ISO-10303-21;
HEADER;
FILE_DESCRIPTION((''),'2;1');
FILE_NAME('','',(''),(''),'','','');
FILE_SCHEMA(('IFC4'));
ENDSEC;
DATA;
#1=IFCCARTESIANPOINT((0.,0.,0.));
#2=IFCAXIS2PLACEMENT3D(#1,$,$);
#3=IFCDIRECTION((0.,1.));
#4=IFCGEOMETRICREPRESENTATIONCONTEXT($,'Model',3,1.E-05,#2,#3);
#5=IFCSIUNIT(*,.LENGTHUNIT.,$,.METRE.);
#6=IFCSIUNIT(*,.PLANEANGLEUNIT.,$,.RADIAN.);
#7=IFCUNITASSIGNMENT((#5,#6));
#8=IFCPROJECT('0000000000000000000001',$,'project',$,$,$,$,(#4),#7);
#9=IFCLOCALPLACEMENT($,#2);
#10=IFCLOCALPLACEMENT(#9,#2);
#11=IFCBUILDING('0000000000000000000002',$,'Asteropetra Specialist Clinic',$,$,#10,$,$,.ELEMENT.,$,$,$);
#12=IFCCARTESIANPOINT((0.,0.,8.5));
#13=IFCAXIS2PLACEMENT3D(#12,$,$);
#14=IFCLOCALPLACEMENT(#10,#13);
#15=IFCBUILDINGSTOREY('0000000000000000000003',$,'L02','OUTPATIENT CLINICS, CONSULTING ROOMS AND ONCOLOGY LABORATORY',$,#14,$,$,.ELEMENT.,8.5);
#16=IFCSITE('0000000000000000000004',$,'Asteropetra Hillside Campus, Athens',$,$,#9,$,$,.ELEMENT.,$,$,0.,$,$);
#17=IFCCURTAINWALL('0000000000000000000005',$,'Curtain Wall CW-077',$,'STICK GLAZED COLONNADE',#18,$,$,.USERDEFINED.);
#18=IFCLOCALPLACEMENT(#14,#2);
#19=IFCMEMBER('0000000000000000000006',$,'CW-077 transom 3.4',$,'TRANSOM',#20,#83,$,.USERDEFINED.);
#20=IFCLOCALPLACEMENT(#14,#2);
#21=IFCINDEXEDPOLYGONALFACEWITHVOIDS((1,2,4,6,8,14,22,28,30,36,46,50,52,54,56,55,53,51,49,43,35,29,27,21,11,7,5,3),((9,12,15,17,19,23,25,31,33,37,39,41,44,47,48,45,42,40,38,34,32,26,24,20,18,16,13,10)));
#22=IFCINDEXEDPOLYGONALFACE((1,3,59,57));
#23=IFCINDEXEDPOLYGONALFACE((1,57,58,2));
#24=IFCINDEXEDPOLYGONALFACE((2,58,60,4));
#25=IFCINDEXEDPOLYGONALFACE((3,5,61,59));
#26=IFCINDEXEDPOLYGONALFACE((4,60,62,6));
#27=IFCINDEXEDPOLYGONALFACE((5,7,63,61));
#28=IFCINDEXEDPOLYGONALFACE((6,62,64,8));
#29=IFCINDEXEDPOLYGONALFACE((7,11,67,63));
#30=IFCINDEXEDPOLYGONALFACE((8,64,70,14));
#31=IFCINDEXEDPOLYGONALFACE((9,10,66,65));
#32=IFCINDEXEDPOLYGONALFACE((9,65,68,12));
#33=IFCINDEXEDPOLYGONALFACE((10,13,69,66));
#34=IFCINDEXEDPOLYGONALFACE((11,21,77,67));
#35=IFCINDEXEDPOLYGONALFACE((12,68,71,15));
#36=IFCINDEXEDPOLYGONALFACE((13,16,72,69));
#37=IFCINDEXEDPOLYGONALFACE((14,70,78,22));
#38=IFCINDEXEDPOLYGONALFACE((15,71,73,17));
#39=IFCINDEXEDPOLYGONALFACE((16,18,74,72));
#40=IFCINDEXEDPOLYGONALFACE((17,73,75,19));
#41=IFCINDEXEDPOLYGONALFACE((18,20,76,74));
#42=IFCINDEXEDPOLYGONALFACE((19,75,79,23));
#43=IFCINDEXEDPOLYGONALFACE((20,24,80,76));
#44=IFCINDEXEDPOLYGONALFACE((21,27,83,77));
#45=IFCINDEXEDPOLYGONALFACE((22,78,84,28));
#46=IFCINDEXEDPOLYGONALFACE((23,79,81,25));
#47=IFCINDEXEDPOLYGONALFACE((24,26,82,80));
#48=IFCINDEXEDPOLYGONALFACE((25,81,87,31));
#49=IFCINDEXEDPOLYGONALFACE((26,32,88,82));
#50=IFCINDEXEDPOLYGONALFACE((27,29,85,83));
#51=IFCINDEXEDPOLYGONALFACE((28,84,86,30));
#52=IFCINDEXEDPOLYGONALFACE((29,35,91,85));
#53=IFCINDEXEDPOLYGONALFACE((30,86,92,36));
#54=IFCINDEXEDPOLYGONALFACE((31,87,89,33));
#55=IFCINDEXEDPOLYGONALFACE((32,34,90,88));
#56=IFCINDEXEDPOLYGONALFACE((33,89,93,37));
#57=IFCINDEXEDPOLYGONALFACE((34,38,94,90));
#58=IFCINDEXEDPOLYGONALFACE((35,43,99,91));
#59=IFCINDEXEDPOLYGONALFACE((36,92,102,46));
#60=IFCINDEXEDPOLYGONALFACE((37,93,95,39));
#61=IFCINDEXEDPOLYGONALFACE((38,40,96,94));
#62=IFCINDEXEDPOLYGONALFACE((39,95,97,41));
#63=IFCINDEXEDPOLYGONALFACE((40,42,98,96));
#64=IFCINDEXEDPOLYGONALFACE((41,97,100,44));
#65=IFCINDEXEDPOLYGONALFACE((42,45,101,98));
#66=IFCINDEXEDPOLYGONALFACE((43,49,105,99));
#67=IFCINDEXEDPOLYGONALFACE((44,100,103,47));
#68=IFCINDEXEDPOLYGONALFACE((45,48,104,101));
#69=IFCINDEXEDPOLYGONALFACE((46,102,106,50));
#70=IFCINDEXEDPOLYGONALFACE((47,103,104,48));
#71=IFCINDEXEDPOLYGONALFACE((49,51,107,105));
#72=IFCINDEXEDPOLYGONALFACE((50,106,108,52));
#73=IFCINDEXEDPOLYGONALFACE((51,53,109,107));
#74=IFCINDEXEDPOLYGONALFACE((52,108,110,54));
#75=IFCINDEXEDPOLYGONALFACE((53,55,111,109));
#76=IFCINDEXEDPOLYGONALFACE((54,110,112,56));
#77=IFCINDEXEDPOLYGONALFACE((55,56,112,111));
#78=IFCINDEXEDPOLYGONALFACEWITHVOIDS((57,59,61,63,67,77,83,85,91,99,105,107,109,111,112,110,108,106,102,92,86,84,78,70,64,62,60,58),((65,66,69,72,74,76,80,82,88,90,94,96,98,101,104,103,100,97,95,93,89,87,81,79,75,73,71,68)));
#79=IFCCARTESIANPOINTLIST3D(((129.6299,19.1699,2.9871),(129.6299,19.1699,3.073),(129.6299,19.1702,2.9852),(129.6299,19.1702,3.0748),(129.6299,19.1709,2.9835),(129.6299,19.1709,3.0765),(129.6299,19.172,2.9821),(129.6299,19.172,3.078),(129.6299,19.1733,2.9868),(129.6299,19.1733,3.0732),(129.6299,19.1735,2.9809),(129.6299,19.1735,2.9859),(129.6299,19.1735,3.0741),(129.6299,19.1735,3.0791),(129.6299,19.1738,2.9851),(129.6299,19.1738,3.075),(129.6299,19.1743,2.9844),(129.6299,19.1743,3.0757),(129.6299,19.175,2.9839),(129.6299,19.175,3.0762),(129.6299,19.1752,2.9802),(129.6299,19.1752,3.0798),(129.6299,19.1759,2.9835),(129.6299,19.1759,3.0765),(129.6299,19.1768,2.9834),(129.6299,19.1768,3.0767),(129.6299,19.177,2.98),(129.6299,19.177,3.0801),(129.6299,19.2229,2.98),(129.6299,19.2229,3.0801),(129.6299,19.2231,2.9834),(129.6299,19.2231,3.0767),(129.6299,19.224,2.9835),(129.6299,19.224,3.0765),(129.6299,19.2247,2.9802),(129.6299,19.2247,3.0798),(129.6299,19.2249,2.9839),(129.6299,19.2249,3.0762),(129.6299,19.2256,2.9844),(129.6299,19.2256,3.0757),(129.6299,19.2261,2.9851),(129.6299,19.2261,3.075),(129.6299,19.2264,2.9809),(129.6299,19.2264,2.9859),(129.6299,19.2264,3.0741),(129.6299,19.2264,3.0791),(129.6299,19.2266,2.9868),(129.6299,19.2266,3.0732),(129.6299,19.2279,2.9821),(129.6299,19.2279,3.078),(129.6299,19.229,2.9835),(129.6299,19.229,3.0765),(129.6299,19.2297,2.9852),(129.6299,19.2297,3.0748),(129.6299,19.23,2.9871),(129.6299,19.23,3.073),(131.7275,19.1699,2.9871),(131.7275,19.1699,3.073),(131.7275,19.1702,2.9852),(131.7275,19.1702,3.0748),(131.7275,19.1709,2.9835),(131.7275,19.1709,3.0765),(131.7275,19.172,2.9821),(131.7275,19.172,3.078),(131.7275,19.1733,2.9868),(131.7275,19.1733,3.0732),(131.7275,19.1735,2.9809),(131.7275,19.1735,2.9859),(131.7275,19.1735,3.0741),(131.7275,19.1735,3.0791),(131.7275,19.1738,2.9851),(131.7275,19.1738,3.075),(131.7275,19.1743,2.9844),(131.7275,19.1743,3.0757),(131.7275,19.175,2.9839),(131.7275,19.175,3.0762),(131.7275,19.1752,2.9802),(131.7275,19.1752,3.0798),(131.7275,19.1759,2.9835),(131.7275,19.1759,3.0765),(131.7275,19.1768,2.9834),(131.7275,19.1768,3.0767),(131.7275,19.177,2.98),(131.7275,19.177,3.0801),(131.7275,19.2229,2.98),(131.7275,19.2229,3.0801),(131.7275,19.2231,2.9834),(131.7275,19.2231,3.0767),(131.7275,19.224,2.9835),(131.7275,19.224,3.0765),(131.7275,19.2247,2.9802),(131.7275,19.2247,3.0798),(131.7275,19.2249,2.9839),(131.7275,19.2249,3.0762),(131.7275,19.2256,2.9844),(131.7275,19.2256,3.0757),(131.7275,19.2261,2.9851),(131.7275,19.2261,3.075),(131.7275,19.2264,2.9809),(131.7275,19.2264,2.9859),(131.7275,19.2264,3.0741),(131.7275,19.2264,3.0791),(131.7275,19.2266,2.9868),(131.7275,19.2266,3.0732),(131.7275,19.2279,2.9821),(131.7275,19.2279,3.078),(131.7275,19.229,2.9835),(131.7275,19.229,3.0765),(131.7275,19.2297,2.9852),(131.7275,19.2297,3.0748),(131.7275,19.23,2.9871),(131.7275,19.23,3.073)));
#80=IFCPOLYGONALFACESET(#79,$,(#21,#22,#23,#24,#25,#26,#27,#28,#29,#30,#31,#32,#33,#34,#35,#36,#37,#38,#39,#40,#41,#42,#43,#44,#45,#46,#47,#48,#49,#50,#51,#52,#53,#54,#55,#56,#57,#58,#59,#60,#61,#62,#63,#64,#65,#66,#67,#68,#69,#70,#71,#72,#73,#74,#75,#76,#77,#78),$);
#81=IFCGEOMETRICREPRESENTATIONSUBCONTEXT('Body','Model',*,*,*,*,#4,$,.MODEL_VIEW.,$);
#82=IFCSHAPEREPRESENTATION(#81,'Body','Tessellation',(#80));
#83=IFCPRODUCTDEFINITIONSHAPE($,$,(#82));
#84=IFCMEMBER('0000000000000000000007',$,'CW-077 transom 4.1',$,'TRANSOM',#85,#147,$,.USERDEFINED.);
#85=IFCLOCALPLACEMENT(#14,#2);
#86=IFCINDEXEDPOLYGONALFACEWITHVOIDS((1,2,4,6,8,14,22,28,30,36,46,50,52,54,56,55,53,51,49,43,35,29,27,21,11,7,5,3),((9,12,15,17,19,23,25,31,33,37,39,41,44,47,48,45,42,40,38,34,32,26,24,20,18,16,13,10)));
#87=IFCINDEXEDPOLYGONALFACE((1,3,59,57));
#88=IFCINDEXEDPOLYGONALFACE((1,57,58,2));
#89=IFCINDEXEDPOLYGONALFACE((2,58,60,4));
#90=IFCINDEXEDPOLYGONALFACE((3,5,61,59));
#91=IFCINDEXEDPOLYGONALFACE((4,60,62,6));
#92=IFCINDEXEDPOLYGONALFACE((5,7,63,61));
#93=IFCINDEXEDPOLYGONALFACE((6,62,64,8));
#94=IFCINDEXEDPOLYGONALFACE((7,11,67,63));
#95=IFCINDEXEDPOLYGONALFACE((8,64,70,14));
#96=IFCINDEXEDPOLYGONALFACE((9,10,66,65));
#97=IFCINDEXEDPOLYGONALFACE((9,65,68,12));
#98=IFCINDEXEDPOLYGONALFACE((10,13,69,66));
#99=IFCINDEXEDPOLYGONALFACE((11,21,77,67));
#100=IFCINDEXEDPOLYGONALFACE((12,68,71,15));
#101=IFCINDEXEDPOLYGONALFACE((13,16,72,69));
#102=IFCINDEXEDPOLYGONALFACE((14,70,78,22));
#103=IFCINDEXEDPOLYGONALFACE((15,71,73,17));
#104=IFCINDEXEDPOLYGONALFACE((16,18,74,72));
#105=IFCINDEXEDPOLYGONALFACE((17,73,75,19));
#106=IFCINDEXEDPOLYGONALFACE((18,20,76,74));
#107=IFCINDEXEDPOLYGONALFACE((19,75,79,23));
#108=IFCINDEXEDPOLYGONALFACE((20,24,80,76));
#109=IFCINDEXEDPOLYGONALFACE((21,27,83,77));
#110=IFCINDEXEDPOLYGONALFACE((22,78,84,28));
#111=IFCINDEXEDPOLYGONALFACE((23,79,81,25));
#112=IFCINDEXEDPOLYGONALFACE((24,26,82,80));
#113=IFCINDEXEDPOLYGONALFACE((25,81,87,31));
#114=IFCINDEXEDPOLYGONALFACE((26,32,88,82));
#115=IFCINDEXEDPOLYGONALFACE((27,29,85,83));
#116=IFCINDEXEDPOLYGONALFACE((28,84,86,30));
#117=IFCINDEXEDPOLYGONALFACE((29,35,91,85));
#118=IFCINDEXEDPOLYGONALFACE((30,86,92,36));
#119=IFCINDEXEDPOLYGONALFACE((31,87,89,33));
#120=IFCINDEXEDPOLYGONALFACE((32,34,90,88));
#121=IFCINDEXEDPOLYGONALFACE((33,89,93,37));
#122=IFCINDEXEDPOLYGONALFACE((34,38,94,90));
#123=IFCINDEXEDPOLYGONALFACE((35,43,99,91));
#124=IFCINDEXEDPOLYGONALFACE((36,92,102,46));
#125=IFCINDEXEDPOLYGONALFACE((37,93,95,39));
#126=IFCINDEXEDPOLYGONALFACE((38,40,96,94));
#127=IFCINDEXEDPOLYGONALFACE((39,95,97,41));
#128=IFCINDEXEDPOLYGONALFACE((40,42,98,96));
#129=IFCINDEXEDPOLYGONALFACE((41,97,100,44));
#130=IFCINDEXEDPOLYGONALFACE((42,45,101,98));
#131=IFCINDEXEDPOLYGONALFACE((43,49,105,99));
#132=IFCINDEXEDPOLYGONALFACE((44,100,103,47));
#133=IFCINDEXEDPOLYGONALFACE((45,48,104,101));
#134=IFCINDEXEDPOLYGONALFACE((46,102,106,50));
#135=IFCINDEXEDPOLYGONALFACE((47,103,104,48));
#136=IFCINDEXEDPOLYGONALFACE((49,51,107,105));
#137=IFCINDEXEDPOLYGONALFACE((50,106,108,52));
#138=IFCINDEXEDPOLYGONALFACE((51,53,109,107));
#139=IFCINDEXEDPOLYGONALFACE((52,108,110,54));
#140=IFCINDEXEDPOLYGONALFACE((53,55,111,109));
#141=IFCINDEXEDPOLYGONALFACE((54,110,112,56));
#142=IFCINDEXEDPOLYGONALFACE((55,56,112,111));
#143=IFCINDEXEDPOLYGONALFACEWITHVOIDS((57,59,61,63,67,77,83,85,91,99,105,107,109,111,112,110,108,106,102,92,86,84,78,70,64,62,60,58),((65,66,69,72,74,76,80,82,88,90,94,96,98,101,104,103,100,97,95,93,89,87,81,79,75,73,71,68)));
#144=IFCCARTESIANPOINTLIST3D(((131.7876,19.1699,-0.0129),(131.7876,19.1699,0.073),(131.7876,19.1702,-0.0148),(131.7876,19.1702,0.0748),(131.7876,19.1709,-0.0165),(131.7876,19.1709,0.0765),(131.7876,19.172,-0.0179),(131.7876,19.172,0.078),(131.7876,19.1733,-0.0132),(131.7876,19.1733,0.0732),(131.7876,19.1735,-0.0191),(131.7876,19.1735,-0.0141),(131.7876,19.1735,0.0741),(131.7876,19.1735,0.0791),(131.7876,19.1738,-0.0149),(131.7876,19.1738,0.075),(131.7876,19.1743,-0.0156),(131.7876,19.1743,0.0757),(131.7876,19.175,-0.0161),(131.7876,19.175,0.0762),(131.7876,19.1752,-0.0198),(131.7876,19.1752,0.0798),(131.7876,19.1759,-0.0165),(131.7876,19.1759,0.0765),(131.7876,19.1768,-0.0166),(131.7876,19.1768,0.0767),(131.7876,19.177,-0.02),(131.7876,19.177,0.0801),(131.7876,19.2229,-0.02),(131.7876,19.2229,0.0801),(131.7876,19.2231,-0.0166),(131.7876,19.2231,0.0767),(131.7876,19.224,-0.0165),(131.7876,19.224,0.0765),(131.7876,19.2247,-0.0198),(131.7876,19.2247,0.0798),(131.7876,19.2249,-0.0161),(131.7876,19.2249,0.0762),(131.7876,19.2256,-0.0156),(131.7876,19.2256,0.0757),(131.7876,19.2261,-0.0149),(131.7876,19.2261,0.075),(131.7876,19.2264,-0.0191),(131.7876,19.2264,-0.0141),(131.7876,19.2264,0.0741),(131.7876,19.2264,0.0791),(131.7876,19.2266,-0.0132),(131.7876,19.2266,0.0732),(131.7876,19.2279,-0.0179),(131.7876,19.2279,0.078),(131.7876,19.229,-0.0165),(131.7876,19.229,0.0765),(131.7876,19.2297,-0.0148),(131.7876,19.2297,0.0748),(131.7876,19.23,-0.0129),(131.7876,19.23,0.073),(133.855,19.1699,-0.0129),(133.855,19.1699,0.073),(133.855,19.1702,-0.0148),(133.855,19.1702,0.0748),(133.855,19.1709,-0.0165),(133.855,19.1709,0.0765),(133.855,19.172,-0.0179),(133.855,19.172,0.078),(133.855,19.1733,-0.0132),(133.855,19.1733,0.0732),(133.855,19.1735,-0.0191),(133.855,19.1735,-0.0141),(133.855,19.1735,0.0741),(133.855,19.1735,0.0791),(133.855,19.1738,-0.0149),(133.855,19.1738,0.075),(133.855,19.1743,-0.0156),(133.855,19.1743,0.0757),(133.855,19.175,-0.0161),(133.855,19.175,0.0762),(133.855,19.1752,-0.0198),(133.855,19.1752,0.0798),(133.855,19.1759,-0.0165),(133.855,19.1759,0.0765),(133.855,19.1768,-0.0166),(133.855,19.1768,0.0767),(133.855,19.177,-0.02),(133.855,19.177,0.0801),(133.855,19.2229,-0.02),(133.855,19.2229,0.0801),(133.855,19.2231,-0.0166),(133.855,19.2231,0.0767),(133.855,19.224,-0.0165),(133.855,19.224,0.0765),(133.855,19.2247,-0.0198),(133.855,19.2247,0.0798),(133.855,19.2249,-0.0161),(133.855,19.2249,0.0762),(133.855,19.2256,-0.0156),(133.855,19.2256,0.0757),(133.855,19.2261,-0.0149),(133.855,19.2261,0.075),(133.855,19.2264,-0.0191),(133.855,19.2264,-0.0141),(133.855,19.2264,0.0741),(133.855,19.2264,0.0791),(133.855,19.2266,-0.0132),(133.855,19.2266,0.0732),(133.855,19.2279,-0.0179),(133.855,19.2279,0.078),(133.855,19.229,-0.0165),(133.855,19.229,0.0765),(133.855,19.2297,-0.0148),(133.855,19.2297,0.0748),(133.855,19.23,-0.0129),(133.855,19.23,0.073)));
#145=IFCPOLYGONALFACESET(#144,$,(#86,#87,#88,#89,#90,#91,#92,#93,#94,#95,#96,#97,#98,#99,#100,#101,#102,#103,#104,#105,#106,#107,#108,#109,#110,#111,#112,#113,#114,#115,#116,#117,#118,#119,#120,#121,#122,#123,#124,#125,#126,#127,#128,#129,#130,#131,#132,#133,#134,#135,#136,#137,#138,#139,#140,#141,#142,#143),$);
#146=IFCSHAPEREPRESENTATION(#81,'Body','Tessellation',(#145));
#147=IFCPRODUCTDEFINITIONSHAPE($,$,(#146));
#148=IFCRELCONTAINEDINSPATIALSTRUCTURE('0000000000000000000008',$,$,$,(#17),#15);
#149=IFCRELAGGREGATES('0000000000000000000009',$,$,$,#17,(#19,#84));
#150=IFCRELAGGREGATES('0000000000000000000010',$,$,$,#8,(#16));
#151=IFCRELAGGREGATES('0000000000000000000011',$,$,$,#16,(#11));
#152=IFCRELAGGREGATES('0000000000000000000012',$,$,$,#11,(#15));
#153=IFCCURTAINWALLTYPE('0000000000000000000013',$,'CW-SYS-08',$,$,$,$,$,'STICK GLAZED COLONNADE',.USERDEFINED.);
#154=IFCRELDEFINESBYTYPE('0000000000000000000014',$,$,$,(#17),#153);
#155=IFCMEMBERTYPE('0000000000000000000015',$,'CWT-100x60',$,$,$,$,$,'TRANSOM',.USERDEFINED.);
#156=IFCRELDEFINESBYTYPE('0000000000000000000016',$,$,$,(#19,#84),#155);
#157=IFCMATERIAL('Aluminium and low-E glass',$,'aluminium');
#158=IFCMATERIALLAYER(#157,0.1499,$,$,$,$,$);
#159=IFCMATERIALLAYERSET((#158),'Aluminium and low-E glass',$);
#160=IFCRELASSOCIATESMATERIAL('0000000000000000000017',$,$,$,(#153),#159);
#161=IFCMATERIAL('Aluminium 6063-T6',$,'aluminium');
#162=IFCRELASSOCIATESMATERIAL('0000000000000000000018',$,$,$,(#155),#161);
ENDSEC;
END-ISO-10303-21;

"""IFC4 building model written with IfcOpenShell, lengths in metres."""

from ifc_helpers import new_model, si_unit, direction, frame, origin, origin_2d, place, context, subcontext, project, spatial, hollow_rectangle, extrude, material, layer, layer_set, material_profile, profile_set, type_object, element, aggregate, save


model = new_model("IFC4")

# Units and contexts
model_context = context("Model", 3, precision=1e-05, world=origin(), true_north=direction((0.0, 1.0)))
body_context = subcontext(model_context, "Body", "Model", "MODEL_VIEW")
ifc_project = project(units=[si_unit("LENGTHUNIT", "METRE"), si_unit("PLANEANGLEUNIT", "RADIAN")], contexts=[model_context])

# Site, building, storey
site_placement = place(None, origin())
site = spatial("IfcSite", under=ifc_project, at=site_placement, Name="Asteropetra Hillside Campus, Athens", CompositionType="ELEMENT", RefElevation=0.0)
building_placement = place(site_placement, origin())
building = spatial("IfcBuilding", under=site, at=building_placement, Name="Asteropetra Specialist Clinic", CompositionType="ELEMENT")
storey_placement = place(building_placement, frame((0.0, 0.0, 8.5)))
storey = spatial("IfcBuildingStorey", under=building, at=storey_placement, Name="L02", Description="OUTPATIENT CLINICS, CONSULTING ROOMS AND ONCOLOGY LABORATORY", CompositionType="ELEMENT", Elevation=8.5)

# Curtain wall, members
ifc_material_1 = material(Name="Aluminium and low-E glass", Category="aluminium")
ifc_layer_1 = layer(ifc_material_1, 0.1499)
ifc_layer_set_1 = layer_set([ifc_layer_1], Name="Aluminium and low-E glass")
curtain_wall_type = type_object("IfcCurtainWallType", Name="CW-SYS-08", ElementType="STICK GLAZED COLONNADE", PredefinedType="USERDEFINED", material=ifc_layer_set_1)
curtain_wall_placement = place(storey_placement, origin())
curtain_wall = element("IfcCurtainWall", 1, at=curtain_wall_placement, inside=storey, type_object=curtain_wall_type, Name="Curtain Wall CW-077", ObjectType="STICK GLAZED COLONNADE", PredefinedType="USERDEFINED")
ifc_material_2 = material(Name="Aluminium 6063-T6", Category="aluminium")
ifc_material_profile_1 = material_profile(ifc_material_2, hollow_rectangle(XDim=0.0601, YDim=0.1001, WallThickness=0.0034, InnerFilletRadius=0.0034, OuterFilletRadius=0.0071, at=origin_2d()), Name="TRN 100x60x3.5")
ifc_profile_set_1 = profile_set([ifc_material_profile_1], Name="Aluminium 6063-T6")
member_type_1 = type_object("IfcMemberType", Name="CWT-100x60", ElementType="TRANSOM", PredefinedType="USERDEFINED", material=ifc_profile_set_1)
member_1_placement = place(storey_placement, frame((129.6299, 19.2, 3.03), z_axis=(1.0, 0.0, 0.0), x_axis=(0.0, 1.0, 0.0)))
member_1 = element("IfcMember", 2, at=member_1_placement, type_object=member_type_1, Name="CW-077 transom 3.4", ObjectType="TRANSOM", PredefinedType="USERDEFINED", context=body_context, shape_type="SweptSolid", body=[
    extrude(hollow_rectangle(XDim=0.0601, YDim=0.1001, WallThickness=0.0034, InnerFilletRadius=0.0034, OuterFilletRadius=0.0071, at=origin_2d()), origin(), (0.0, 0.0, 1.0), 2.0977),
])
member_2_placement = place(storey_placement, frame((131.7876, 19.2, 0.03), z_axis=(1.0, 0.0, 0.0), x_axis=(0.0, 1.0, 0.0)))
member_2 = element("IfcMember", 3, at=member_2_placement, type_object=member_type_1, Name="CW-077 transom 4.1", ObjectType="TRANSOM", PredefinedType="USERDEFINED", context=body_context, shape_type="SweptSolid", body=[
    extrude(hollow_rectangle(XDim=0.0601, YDim=0.1001, WallThickness=0.0034, InnerFilletRadius=0.0034, OuterFilletRadius=0.0071, at=origin_2d()), origin(), (0.0, 0.0, 1.0), 2.0674),
])

aggregate(curtain_wall, [member_1, member_2])

save(model, "model.ifc")
